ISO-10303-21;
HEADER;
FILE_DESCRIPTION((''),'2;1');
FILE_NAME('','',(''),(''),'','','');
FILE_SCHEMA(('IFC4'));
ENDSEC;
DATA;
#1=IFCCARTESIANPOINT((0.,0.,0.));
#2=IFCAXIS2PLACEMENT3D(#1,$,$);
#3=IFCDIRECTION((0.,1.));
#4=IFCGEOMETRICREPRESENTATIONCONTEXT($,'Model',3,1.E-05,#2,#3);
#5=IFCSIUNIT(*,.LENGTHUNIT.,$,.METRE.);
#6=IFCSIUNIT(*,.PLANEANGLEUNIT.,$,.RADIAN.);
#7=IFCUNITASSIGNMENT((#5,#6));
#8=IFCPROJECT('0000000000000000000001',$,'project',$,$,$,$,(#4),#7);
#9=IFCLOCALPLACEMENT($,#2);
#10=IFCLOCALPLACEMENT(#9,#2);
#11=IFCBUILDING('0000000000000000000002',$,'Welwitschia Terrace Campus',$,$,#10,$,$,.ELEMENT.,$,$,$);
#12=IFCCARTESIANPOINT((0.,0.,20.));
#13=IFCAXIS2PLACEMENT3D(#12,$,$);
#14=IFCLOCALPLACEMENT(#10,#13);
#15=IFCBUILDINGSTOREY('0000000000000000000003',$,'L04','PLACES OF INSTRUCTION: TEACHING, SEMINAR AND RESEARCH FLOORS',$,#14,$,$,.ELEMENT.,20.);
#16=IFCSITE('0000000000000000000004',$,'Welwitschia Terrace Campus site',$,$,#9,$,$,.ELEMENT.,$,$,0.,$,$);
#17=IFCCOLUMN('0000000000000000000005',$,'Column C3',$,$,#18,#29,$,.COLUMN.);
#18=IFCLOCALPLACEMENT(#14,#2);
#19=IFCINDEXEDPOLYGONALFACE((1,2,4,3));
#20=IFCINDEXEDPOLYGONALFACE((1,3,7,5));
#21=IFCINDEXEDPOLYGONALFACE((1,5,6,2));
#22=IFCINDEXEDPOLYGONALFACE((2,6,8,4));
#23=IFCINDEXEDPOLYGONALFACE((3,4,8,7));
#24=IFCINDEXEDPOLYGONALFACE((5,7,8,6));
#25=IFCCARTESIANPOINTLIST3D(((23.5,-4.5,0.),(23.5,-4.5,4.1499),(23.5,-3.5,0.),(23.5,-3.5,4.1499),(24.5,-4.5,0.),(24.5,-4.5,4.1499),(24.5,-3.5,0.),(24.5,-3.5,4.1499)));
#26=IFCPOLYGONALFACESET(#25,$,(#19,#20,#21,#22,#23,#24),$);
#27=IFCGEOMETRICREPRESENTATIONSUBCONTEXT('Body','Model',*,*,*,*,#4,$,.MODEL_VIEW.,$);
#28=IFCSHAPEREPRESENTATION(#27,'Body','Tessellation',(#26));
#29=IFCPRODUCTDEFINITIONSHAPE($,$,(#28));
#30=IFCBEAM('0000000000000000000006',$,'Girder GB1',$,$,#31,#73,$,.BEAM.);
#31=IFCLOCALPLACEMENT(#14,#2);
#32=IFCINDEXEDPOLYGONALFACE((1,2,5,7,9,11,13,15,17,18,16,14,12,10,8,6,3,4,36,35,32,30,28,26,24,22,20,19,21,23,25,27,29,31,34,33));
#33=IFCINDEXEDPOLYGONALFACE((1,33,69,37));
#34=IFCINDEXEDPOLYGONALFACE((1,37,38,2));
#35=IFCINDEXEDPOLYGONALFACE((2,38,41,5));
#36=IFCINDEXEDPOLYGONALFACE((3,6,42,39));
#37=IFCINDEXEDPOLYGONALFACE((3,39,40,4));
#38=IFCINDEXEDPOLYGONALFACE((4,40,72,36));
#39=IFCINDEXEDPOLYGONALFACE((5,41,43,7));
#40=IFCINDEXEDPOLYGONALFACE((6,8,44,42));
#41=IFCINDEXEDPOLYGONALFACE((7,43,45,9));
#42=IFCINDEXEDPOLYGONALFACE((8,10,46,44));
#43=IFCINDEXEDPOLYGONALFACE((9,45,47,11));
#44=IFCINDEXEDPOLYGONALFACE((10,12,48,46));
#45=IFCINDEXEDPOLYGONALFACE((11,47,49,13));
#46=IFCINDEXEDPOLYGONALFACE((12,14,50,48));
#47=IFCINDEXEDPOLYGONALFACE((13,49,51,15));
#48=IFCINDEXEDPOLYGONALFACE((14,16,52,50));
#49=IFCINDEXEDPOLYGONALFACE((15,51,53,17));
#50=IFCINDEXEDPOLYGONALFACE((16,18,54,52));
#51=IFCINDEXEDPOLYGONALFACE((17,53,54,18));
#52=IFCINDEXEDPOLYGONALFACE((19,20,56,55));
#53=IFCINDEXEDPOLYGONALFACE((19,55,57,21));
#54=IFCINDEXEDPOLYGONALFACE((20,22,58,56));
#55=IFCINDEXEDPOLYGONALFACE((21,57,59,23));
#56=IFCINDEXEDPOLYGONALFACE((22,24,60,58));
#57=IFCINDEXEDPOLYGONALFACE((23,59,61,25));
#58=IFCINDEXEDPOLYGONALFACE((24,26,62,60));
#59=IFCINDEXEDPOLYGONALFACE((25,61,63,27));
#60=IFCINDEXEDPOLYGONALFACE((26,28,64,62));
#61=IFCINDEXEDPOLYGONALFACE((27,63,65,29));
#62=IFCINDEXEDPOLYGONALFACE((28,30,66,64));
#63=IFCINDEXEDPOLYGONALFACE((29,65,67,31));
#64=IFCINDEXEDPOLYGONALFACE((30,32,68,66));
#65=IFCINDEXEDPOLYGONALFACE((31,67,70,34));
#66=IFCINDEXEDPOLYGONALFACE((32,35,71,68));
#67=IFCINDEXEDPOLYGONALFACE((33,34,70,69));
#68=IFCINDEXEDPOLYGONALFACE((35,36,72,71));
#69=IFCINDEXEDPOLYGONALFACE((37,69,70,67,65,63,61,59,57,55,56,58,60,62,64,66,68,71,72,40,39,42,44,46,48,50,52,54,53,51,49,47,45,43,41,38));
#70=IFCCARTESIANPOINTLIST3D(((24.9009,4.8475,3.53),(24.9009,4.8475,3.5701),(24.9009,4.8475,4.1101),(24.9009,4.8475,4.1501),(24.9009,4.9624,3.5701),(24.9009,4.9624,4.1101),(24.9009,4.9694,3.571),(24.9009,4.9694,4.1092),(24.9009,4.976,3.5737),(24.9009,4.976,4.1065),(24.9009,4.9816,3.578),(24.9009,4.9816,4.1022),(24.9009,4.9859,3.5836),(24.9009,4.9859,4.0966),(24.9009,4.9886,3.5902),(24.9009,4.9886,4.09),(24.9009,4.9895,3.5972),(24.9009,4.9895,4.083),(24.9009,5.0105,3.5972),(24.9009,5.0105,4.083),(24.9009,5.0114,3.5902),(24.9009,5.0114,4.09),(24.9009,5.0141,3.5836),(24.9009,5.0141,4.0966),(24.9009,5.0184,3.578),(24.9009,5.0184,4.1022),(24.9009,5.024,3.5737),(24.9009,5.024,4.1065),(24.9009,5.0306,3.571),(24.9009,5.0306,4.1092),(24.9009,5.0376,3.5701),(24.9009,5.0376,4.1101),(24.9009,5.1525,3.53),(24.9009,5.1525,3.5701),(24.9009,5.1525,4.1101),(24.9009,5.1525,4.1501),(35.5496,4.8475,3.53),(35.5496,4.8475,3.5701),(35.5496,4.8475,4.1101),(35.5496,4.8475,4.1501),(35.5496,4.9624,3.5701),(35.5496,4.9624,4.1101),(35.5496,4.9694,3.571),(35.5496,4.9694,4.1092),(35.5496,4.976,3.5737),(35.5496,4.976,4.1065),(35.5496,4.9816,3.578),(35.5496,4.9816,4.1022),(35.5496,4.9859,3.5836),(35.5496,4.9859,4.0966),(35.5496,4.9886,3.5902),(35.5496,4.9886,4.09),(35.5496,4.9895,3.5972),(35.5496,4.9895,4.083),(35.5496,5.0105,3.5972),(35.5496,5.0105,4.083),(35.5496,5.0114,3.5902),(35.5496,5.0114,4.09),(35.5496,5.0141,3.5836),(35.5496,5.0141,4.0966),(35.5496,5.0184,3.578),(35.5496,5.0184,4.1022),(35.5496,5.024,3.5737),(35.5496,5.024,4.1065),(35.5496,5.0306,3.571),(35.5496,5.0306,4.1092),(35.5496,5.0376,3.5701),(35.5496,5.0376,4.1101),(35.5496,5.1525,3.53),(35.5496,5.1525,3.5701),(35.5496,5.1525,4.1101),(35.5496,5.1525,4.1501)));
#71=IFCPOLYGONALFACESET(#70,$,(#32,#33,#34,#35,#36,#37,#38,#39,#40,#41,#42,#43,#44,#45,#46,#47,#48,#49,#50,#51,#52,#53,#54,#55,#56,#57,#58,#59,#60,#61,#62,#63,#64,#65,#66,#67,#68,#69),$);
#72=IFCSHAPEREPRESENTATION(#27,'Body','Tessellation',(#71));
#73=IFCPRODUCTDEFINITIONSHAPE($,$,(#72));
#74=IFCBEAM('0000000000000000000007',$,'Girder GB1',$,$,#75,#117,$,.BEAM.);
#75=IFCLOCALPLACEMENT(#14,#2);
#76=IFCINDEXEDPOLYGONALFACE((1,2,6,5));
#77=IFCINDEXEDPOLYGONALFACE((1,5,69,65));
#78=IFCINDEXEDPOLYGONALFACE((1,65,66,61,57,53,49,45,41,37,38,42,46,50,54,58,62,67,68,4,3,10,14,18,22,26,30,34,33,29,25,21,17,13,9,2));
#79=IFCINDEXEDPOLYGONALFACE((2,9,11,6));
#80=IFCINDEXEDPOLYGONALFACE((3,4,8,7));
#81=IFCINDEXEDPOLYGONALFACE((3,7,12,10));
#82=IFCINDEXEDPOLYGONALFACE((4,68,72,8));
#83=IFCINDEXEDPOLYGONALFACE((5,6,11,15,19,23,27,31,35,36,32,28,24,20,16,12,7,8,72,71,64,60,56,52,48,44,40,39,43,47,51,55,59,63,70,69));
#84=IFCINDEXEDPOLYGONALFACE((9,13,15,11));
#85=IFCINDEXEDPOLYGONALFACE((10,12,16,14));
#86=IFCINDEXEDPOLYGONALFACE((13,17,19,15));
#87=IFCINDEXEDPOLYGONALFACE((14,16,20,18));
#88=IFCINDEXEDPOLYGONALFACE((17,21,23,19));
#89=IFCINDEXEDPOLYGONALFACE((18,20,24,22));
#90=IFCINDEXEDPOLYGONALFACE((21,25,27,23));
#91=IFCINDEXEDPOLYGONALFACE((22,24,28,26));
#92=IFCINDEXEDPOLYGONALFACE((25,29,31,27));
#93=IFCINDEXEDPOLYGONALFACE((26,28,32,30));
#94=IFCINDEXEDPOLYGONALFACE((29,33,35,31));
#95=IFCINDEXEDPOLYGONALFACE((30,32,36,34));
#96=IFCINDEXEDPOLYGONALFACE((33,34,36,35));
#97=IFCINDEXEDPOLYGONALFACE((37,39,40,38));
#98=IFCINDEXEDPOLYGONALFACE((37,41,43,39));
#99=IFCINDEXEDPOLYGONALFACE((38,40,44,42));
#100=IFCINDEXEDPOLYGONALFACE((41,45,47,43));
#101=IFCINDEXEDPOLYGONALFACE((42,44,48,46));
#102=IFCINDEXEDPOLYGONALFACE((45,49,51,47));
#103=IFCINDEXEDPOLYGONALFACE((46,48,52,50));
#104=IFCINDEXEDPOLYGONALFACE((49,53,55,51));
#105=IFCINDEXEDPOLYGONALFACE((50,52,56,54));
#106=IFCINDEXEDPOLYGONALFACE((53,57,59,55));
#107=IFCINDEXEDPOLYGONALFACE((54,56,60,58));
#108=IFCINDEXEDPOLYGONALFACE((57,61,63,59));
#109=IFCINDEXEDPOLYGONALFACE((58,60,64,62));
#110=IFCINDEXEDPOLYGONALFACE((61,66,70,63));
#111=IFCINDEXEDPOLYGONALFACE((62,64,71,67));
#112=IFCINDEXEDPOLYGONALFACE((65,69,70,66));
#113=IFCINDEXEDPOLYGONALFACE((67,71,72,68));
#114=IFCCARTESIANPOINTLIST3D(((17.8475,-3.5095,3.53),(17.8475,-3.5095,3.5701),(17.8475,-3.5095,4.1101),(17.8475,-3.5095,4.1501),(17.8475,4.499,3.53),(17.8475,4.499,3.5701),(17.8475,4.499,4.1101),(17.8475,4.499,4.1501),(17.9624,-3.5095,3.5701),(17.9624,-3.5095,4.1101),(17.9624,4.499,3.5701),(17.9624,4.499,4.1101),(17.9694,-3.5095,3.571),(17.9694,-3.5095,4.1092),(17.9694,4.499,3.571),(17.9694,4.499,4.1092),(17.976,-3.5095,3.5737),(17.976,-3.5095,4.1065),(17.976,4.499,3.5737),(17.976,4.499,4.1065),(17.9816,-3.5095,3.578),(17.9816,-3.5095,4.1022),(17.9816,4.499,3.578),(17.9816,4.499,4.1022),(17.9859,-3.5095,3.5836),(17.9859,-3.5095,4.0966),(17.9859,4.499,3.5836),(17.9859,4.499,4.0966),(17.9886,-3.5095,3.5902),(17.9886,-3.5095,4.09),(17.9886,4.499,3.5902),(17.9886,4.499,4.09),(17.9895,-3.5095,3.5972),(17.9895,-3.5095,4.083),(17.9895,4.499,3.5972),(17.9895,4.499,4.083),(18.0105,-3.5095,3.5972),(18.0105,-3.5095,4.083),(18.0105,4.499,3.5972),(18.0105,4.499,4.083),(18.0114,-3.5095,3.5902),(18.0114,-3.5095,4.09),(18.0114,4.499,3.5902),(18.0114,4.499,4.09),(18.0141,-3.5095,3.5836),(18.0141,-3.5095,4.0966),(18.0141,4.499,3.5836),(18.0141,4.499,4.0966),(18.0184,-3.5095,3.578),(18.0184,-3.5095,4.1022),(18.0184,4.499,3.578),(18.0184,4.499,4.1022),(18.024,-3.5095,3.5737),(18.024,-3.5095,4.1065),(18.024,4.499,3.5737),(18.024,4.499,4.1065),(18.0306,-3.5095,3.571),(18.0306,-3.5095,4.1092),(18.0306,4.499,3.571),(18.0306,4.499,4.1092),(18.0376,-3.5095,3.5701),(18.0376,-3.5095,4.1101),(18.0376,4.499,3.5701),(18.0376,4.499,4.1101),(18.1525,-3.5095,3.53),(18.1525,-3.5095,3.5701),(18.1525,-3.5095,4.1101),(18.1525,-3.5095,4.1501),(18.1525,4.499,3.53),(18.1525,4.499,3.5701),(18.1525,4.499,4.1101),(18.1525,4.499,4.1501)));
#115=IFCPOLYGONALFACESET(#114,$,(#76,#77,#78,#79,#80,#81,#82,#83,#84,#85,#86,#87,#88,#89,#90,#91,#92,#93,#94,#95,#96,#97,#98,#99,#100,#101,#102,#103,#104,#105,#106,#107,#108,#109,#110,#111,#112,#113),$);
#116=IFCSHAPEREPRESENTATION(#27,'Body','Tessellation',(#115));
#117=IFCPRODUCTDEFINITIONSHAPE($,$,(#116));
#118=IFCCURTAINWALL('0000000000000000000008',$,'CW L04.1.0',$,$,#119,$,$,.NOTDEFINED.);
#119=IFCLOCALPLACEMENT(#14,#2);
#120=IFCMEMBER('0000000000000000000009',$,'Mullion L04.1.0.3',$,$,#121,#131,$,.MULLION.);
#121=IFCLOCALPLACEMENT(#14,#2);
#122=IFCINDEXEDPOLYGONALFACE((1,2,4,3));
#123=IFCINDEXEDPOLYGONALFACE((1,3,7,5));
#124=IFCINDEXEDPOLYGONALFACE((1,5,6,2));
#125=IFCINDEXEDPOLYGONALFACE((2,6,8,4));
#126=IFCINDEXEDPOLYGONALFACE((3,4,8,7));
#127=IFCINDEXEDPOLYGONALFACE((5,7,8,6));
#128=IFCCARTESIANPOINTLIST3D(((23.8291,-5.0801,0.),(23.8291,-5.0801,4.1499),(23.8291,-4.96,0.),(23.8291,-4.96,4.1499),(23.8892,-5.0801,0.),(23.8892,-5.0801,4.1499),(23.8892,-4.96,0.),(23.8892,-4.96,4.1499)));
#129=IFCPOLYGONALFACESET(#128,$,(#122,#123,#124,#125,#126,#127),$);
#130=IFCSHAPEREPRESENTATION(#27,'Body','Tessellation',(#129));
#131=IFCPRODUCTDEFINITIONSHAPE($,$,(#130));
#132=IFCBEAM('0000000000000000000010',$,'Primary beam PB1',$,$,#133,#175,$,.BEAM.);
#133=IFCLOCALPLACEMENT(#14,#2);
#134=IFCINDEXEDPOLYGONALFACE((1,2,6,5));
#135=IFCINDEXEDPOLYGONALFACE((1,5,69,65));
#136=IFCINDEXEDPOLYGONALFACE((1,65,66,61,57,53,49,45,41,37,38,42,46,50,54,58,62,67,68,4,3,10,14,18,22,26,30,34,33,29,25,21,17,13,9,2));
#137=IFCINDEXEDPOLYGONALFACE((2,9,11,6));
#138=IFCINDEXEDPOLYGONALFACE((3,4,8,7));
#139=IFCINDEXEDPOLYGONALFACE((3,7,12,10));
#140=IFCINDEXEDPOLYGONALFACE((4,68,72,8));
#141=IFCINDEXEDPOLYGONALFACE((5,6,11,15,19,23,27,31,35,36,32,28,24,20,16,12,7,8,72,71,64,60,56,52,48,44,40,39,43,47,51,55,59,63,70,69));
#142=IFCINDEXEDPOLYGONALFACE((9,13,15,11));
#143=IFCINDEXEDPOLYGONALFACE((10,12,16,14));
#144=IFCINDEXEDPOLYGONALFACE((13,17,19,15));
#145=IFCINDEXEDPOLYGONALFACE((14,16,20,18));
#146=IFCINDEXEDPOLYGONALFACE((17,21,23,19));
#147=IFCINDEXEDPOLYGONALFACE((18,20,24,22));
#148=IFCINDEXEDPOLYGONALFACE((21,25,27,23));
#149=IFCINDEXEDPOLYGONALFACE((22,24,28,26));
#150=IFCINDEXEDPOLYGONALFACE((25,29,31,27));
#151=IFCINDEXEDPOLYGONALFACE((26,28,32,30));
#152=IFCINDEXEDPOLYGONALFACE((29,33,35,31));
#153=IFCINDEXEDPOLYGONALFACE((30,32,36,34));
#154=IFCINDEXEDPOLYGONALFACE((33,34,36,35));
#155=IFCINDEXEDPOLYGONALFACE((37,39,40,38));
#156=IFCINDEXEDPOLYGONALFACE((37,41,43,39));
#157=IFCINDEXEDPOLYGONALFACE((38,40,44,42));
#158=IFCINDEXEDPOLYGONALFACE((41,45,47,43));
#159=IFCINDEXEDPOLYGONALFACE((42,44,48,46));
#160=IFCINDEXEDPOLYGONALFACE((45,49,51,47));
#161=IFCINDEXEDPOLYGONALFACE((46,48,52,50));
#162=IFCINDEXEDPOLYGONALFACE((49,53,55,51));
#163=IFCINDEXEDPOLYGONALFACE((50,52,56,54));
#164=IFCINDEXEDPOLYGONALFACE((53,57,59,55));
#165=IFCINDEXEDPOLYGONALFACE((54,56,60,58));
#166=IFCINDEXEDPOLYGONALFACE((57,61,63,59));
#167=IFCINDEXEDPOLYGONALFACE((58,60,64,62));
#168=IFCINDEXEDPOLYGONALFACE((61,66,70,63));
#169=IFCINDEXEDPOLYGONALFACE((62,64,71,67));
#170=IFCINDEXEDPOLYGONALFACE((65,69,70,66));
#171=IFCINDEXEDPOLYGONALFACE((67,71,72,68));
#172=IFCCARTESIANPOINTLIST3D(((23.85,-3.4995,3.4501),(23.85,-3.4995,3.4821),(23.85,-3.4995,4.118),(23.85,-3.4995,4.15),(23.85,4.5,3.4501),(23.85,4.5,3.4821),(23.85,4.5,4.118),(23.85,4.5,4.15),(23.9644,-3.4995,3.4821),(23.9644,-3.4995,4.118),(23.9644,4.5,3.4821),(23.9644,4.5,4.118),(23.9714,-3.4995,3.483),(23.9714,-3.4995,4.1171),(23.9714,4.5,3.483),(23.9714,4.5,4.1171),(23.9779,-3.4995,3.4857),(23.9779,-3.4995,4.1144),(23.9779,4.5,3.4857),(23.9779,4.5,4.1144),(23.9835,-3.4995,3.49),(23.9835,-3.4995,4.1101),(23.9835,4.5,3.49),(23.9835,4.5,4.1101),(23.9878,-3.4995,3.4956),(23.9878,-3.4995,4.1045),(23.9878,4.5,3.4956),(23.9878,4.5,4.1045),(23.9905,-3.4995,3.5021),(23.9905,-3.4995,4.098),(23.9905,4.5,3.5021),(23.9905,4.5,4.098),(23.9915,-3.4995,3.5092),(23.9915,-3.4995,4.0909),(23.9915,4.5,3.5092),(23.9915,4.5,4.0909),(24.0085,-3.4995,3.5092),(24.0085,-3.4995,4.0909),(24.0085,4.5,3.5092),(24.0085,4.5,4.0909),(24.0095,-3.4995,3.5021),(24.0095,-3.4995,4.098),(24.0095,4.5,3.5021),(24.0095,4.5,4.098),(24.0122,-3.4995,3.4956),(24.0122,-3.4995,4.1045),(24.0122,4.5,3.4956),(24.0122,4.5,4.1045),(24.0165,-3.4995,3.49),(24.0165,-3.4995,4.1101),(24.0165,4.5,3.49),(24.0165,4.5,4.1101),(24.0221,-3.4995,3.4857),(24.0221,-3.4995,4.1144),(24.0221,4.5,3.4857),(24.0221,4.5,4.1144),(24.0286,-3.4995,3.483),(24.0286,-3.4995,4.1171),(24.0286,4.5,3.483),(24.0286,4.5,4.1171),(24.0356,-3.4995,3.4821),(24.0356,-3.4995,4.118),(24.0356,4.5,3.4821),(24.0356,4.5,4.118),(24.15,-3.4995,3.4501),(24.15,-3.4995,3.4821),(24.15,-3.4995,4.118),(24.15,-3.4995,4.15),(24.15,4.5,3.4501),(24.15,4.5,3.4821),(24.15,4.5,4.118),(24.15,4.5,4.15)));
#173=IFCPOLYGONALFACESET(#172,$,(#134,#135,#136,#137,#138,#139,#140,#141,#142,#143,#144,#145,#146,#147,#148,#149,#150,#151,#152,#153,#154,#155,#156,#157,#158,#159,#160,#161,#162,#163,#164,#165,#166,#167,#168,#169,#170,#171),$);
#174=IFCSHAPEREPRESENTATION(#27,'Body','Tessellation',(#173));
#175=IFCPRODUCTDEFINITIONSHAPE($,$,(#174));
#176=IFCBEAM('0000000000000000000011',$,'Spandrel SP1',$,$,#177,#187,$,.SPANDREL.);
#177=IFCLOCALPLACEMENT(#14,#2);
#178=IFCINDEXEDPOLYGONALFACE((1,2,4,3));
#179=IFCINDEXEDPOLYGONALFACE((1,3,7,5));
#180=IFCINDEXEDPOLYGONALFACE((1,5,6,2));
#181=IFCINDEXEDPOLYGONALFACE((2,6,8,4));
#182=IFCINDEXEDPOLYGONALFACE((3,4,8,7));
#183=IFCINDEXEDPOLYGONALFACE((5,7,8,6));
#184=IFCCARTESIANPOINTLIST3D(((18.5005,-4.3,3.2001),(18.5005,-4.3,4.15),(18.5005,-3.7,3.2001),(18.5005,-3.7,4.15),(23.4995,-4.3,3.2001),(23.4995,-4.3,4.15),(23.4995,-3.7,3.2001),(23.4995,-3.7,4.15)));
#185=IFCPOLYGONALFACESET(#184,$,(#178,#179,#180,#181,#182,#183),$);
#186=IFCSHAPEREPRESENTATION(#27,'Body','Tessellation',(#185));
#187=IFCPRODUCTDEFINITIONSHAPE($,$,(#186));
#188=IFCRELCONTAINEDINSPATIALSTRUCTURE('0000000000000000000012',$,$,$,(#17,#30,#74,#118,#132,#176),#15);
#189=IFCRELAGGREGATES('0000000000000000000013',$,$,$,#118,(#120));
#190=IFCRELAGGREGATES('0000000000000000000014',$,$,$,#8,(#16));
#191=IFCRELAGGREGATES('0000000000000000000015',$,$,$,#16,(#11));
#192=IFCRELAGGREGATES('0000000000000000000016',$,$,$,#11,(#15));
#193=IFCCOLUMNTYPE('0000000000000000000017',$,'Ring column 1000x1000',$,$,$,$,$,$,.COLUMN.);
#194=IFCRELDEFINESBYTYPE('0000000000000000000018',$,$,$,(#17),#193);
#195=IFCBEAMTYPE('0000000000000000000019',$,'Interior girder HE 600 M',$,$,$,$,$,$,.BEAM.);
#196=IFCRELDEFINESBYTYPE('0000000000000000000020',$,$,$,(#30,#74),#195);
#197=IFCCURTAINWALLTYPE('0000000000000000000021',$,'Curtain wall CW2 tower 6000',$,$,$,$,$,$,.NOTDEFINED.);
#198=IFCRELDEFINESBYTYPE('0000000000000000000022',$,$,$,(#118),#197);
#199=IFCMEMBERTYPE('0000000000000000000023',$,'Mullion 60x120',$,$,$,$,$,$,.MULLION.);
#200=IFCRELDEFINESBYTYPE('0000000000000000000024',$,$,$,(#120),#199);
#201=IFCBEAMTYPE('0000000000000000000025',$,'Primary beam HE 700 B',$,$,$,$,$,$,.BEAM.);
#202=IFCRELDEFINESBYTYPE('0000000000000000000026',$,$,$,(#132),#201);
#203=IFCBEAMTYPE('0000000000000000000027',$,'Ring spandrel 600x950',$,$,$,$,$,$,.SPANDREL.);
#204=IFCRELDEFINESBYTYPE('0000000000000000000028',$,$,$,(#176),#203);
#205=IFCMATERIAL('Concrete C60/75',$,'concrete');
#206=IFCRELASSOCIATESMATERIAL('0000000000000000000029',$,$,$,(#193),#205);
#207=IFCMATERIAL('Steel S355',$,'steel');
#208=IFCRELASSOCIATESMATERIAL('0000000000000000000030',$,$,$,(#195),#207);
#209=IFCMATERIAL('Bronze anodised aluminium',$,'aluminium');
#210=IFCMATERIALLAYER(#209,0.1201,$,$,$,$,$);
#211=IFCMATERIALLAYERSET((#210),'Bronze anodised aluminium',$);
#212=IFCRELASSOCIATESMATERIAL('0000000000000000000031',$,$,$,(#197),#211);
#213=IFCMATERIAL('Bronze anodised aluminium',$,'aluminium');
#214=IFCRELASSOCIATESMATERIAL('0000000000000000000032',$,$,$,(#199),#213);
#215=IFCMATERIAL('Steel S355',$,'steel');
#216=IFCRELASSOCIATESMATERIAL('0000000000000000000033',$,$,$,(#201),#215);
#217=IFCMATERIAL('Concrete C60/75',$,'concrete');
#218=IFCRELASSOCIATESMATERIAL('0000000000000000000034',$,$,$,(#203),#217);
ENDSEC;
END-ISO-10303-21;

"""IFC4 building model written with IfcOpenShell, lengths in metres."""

from ifc_helpers import new_model, si_unit, direction, frame, origin, origin_2d, place, context, subcontext, project, spatial, rectangle, i_section, extrude, material, layer, layer_set, material_profile, profile_set, type_object, element, aggregate, save


model = new_model("IFC4")

# Units and contexts
model_context = context("Model", 3, precision=1e-05, world=origin(), true_north=direction((0.0, 1.0)))
body_context = subcontext(model_context, "Body", "Model", "MODEL_VIEW")
ifc_project = project(units=[si_unit("LENGTHUNIT", "METRE"), si_unit("PLANEANGLEUNIT", "RADIAN")], contexts=[model_context])

# Site, building, storey
site_placement = place(None, origin())
site = spatial("IfcSite", under=ifc_project, at=site_placement, Name="Welwitschia Terrace Campus site", CompositionType="ELEMENT", RefElevation=0.0)
building_placement = place(site_placement, origin())
building = spatial("IfcBuilding", under=site, at=building_placement, Name="Welwitschia Terrace Campus", CompositionType="ELEMENT")
storey_placement = place(building_placement, frame((0.0, 0.0, 20.0)))
storey = spatial("IfcBuildingStorey", under=building, at=storey_placement, Name="L04", Description="PLACES OF INSTRUCTION: TEACHING, SEMINAR AND RESEARCH FLOORS", CompositionType="ELEMENT", Elevation=20.0)

# Column
ifc_material_1 = material(Name="Concrete C60/75", Category="concrete")
ifc_material_profile_1 = material_profile(ifc_material_1, rectangle(XDim=1.0, YDim=1.0, at=origin_2d()))
ifc_profile_set_1 = profile_set([ifc_material_profile_1], Name="Concrete C60/75")
column_type = type_object("IfcColumnType", Name="Ring column 1000x1000", PredefinedType="COLUMN", material=ifc_profile_set_1)
column_placement = place(storey_placement, frame((24.0, -4.0, 0.0), z_axis=(0.0, 0.0, 1.0), x_axis=(1.0, 0.0, 0.0)))
element("IfcColumn", 1, at=column_placement, inside=storey, type_object=column_type, Name="Column C3", PredefinedType="COLUMN", context=body_context, shape_type="SweptSolid", body=[
    extrude(rectangle(XDim=1.0, YDim=1.0, at=origin_2d()), origin(), (0.0, 0.0, 1.0), 4.1499),
])

# Beams
ifc_material_2 = material(Name="Steel S355", Category="steel")
ifc_material_profile_2 = material_profile(ifc_material_2, i_section(OverallWidth=0.3049, OverallDepth=0.6201, WebThickness=0.021, FlangeThickness=0.04, FilletRadius=0.0271, at=origin_2d()))
ifc_profile_set_2 = profile_set([ifc_material_profile_2], Name="Steel S355")
beam_type_1 = type_object("IfcBeamType", Name="Interior girder HE 600 M", PredefinedType="BEAM", material=ifc_profile_set_2)
beam_1_placement = place(storey_placement, frame((24.9009, 5.0, 3.8401), z_axis=(1.0, 0.0, 0.0), x_axis=(0.0, 1.0, 0.0)))
element("IfcBeam", 2, at=beam_1_placement, inside=storey, type_object=beam_type_1, Name="Girder GB1", PredefinedType="BEAM", context=body_context, shape_type="SweptSolid", body=[
    extrude(i_section(OverallWidth=0.3049, OverallDepth=0.6201, WebThickness=0.021, FlangeThickness=0.04, FilletRadius=0.0271, at=origin_2d()), origin(), (0.0, 0.0, 1.0), 10.6487),
])
beam_2_placement = place(storey_placement, frame((18.0, -3.5095, 3.8401), z_axis=(0.0, 1.0, 0.0), x_axis=(-1.0, 0.0, 0.0)))
element("IfcBeam", 3, at=beam_2_placement, inside=storey, type_object=beam_type_1, Name="Girder GB1", PredefinedType="BEAM", context=body_context, shape_type="SweptSolid", body=[
    extrude(i_section(OverallWidth=0.3049, OverallDepth=0.6201, WebThickness=0.021, FlangeThickness=0.04, FilletRadius=0.0271, at=origin_2d()), origin(), (0.0, 0.0, 1.0), 8.0085),
])

# Curtain wall, member
ifc_material_3 = material(Name="Bronze anodised aluminium", Category="aluminium")
ifc_layer_1 = layer(ifc_material_3, 0.1201)
ifc_layer_set_1 = layer_set([ifc_layer_1], Name="Bronze anodised aluminium")
curtain_wall_type = type_object("IfcCurtainWallType", Name="Curtain wall CW2 tower 6000", PredefinedType="NOTDEFINED", material=ifc_layer_set_1)
curtain_wall_placement = place(storey_placement, origin())
curtain_wall = element("IfcCurtainWall", 4, at=curtain_wall_placement, inside=storey, type_object=curtain_wall_type, Name="CW L04.1.0", PredefinedType="NOTDEFINED")
ifc_material_4 = material(Name="Bronze anodised aluminium", Category="aluminium")
ifc_material_profile_3 = material_profile(ifc_material_4, rectangle(XDim=0.1201, YDim=0.0601, at=origin_2d()))
ifc_profile_set_3 = profile_set([ifc_material_profile_3], Name="Bronze anodised aluminium")
member_type = type_object("IfcMemberType", Name="Mullion 60x120", PredefinedType="MULLION", material=ifc_profile_set_3)
member_placement = place(storey_placement, frame((23.8591, -5.02, 0.0), z_axis=(0.0, 0.0, 1.0), x_axis=(0.0, 1.0, 0.0)))
member = element("IfcMember", 5, at=member_placement, type_object=member_type, Name="Mullion L04.1.0.3", PredefinedType="MULLION", context=body_context, shape_type="SweptSolid", body=[
    extrude(rectangle(XDim=0.1201, YDim=0.0601, at=origin_2d()), origin(), (0.0, 0.0, 1.0), 4.1499),
])

# Beams
ifc_material_5 = material(Name="Steel S355", Category="steel")
ifc_material_profile_4 = material_profile(ifc_material_5, i_section(OverallWidth=0.3, OverallDepth=0.7, WebThickness=0.0171, FlangeThickness=0.032, FilletRadius=0.0271, at=origin_2d()))
ifc_profile_set_4 = profile_set([ifc_material_profile_4], Name="Steel S355")
beam_type_2 = type_object("IfcBeamType", Name="Primary beam HE 700 B", PredefinedType="BEAM", material=ifc_profile_set_4)
beam_3_placement = place(storey_placement, frame((24.0, -3.4995, 3.8), z_axis=(0.0, 1.0, 0.0), x_axis=(-1.0, 0.0, 0.0)))
element("IfcBeam", 6, at=beam_3_placement, inside=storey, type_object=beam_type_2, Name="Primary beam PB1", PredefinedType="BEAM", context=body_context, shape_type="SweptSolid", body=[
    extrude(i_section(OverallWidth=0.3, OverallDepth=0.7, WebThickness=0.0171, FlangeThickness=0.032, FilletRadius=0.0271, at=origin_2d()), origin(), (0.0, 0.0, 1.0), 7.9995),
])
ifc_material_6 = material(Name="Concrete C60/75", Category="concrete")
ifc_material_profile_5 = material_profile(ifc_material_6, rectangle(XDim=0.6001, YDim=0.95, at=origin_2d()))
ifc_profile_set_5 = profile_set([ifc_material_profile_5], Name="Concrete C60/75")
beam_type_3 = type_object("IfcBeamType", Name="Ring spandrel 600x950", PredefinedType="SPANDREL", material=ifc_profile_set_5)
for number, where, z_axis, x_axis, name in (
    (7, (18.5005, -4.0, 3.675), (1.0, 0.0, 0.0), (0.0, 1.0, 0.0), "Spandrel SP1"),
):
    element("IfcBeam", number, at=place(storey_placement, frame(where, z_axis=z_axis, x_axis=x_axis)), inside=storey, type_object=beam_type_3, Name=name, PredefinedType="SPANDREL", context=body_context, shape_type="SweptSolid", body=[
        extrude(rectangle(XDim=0.6001, YDim=0.95, at=origin_2d()), origin(), (0.0, 0.0, 1.0), 4.999),
    ])

aggregate(curtain_wall, [member])

save(model, "model.ifc")
